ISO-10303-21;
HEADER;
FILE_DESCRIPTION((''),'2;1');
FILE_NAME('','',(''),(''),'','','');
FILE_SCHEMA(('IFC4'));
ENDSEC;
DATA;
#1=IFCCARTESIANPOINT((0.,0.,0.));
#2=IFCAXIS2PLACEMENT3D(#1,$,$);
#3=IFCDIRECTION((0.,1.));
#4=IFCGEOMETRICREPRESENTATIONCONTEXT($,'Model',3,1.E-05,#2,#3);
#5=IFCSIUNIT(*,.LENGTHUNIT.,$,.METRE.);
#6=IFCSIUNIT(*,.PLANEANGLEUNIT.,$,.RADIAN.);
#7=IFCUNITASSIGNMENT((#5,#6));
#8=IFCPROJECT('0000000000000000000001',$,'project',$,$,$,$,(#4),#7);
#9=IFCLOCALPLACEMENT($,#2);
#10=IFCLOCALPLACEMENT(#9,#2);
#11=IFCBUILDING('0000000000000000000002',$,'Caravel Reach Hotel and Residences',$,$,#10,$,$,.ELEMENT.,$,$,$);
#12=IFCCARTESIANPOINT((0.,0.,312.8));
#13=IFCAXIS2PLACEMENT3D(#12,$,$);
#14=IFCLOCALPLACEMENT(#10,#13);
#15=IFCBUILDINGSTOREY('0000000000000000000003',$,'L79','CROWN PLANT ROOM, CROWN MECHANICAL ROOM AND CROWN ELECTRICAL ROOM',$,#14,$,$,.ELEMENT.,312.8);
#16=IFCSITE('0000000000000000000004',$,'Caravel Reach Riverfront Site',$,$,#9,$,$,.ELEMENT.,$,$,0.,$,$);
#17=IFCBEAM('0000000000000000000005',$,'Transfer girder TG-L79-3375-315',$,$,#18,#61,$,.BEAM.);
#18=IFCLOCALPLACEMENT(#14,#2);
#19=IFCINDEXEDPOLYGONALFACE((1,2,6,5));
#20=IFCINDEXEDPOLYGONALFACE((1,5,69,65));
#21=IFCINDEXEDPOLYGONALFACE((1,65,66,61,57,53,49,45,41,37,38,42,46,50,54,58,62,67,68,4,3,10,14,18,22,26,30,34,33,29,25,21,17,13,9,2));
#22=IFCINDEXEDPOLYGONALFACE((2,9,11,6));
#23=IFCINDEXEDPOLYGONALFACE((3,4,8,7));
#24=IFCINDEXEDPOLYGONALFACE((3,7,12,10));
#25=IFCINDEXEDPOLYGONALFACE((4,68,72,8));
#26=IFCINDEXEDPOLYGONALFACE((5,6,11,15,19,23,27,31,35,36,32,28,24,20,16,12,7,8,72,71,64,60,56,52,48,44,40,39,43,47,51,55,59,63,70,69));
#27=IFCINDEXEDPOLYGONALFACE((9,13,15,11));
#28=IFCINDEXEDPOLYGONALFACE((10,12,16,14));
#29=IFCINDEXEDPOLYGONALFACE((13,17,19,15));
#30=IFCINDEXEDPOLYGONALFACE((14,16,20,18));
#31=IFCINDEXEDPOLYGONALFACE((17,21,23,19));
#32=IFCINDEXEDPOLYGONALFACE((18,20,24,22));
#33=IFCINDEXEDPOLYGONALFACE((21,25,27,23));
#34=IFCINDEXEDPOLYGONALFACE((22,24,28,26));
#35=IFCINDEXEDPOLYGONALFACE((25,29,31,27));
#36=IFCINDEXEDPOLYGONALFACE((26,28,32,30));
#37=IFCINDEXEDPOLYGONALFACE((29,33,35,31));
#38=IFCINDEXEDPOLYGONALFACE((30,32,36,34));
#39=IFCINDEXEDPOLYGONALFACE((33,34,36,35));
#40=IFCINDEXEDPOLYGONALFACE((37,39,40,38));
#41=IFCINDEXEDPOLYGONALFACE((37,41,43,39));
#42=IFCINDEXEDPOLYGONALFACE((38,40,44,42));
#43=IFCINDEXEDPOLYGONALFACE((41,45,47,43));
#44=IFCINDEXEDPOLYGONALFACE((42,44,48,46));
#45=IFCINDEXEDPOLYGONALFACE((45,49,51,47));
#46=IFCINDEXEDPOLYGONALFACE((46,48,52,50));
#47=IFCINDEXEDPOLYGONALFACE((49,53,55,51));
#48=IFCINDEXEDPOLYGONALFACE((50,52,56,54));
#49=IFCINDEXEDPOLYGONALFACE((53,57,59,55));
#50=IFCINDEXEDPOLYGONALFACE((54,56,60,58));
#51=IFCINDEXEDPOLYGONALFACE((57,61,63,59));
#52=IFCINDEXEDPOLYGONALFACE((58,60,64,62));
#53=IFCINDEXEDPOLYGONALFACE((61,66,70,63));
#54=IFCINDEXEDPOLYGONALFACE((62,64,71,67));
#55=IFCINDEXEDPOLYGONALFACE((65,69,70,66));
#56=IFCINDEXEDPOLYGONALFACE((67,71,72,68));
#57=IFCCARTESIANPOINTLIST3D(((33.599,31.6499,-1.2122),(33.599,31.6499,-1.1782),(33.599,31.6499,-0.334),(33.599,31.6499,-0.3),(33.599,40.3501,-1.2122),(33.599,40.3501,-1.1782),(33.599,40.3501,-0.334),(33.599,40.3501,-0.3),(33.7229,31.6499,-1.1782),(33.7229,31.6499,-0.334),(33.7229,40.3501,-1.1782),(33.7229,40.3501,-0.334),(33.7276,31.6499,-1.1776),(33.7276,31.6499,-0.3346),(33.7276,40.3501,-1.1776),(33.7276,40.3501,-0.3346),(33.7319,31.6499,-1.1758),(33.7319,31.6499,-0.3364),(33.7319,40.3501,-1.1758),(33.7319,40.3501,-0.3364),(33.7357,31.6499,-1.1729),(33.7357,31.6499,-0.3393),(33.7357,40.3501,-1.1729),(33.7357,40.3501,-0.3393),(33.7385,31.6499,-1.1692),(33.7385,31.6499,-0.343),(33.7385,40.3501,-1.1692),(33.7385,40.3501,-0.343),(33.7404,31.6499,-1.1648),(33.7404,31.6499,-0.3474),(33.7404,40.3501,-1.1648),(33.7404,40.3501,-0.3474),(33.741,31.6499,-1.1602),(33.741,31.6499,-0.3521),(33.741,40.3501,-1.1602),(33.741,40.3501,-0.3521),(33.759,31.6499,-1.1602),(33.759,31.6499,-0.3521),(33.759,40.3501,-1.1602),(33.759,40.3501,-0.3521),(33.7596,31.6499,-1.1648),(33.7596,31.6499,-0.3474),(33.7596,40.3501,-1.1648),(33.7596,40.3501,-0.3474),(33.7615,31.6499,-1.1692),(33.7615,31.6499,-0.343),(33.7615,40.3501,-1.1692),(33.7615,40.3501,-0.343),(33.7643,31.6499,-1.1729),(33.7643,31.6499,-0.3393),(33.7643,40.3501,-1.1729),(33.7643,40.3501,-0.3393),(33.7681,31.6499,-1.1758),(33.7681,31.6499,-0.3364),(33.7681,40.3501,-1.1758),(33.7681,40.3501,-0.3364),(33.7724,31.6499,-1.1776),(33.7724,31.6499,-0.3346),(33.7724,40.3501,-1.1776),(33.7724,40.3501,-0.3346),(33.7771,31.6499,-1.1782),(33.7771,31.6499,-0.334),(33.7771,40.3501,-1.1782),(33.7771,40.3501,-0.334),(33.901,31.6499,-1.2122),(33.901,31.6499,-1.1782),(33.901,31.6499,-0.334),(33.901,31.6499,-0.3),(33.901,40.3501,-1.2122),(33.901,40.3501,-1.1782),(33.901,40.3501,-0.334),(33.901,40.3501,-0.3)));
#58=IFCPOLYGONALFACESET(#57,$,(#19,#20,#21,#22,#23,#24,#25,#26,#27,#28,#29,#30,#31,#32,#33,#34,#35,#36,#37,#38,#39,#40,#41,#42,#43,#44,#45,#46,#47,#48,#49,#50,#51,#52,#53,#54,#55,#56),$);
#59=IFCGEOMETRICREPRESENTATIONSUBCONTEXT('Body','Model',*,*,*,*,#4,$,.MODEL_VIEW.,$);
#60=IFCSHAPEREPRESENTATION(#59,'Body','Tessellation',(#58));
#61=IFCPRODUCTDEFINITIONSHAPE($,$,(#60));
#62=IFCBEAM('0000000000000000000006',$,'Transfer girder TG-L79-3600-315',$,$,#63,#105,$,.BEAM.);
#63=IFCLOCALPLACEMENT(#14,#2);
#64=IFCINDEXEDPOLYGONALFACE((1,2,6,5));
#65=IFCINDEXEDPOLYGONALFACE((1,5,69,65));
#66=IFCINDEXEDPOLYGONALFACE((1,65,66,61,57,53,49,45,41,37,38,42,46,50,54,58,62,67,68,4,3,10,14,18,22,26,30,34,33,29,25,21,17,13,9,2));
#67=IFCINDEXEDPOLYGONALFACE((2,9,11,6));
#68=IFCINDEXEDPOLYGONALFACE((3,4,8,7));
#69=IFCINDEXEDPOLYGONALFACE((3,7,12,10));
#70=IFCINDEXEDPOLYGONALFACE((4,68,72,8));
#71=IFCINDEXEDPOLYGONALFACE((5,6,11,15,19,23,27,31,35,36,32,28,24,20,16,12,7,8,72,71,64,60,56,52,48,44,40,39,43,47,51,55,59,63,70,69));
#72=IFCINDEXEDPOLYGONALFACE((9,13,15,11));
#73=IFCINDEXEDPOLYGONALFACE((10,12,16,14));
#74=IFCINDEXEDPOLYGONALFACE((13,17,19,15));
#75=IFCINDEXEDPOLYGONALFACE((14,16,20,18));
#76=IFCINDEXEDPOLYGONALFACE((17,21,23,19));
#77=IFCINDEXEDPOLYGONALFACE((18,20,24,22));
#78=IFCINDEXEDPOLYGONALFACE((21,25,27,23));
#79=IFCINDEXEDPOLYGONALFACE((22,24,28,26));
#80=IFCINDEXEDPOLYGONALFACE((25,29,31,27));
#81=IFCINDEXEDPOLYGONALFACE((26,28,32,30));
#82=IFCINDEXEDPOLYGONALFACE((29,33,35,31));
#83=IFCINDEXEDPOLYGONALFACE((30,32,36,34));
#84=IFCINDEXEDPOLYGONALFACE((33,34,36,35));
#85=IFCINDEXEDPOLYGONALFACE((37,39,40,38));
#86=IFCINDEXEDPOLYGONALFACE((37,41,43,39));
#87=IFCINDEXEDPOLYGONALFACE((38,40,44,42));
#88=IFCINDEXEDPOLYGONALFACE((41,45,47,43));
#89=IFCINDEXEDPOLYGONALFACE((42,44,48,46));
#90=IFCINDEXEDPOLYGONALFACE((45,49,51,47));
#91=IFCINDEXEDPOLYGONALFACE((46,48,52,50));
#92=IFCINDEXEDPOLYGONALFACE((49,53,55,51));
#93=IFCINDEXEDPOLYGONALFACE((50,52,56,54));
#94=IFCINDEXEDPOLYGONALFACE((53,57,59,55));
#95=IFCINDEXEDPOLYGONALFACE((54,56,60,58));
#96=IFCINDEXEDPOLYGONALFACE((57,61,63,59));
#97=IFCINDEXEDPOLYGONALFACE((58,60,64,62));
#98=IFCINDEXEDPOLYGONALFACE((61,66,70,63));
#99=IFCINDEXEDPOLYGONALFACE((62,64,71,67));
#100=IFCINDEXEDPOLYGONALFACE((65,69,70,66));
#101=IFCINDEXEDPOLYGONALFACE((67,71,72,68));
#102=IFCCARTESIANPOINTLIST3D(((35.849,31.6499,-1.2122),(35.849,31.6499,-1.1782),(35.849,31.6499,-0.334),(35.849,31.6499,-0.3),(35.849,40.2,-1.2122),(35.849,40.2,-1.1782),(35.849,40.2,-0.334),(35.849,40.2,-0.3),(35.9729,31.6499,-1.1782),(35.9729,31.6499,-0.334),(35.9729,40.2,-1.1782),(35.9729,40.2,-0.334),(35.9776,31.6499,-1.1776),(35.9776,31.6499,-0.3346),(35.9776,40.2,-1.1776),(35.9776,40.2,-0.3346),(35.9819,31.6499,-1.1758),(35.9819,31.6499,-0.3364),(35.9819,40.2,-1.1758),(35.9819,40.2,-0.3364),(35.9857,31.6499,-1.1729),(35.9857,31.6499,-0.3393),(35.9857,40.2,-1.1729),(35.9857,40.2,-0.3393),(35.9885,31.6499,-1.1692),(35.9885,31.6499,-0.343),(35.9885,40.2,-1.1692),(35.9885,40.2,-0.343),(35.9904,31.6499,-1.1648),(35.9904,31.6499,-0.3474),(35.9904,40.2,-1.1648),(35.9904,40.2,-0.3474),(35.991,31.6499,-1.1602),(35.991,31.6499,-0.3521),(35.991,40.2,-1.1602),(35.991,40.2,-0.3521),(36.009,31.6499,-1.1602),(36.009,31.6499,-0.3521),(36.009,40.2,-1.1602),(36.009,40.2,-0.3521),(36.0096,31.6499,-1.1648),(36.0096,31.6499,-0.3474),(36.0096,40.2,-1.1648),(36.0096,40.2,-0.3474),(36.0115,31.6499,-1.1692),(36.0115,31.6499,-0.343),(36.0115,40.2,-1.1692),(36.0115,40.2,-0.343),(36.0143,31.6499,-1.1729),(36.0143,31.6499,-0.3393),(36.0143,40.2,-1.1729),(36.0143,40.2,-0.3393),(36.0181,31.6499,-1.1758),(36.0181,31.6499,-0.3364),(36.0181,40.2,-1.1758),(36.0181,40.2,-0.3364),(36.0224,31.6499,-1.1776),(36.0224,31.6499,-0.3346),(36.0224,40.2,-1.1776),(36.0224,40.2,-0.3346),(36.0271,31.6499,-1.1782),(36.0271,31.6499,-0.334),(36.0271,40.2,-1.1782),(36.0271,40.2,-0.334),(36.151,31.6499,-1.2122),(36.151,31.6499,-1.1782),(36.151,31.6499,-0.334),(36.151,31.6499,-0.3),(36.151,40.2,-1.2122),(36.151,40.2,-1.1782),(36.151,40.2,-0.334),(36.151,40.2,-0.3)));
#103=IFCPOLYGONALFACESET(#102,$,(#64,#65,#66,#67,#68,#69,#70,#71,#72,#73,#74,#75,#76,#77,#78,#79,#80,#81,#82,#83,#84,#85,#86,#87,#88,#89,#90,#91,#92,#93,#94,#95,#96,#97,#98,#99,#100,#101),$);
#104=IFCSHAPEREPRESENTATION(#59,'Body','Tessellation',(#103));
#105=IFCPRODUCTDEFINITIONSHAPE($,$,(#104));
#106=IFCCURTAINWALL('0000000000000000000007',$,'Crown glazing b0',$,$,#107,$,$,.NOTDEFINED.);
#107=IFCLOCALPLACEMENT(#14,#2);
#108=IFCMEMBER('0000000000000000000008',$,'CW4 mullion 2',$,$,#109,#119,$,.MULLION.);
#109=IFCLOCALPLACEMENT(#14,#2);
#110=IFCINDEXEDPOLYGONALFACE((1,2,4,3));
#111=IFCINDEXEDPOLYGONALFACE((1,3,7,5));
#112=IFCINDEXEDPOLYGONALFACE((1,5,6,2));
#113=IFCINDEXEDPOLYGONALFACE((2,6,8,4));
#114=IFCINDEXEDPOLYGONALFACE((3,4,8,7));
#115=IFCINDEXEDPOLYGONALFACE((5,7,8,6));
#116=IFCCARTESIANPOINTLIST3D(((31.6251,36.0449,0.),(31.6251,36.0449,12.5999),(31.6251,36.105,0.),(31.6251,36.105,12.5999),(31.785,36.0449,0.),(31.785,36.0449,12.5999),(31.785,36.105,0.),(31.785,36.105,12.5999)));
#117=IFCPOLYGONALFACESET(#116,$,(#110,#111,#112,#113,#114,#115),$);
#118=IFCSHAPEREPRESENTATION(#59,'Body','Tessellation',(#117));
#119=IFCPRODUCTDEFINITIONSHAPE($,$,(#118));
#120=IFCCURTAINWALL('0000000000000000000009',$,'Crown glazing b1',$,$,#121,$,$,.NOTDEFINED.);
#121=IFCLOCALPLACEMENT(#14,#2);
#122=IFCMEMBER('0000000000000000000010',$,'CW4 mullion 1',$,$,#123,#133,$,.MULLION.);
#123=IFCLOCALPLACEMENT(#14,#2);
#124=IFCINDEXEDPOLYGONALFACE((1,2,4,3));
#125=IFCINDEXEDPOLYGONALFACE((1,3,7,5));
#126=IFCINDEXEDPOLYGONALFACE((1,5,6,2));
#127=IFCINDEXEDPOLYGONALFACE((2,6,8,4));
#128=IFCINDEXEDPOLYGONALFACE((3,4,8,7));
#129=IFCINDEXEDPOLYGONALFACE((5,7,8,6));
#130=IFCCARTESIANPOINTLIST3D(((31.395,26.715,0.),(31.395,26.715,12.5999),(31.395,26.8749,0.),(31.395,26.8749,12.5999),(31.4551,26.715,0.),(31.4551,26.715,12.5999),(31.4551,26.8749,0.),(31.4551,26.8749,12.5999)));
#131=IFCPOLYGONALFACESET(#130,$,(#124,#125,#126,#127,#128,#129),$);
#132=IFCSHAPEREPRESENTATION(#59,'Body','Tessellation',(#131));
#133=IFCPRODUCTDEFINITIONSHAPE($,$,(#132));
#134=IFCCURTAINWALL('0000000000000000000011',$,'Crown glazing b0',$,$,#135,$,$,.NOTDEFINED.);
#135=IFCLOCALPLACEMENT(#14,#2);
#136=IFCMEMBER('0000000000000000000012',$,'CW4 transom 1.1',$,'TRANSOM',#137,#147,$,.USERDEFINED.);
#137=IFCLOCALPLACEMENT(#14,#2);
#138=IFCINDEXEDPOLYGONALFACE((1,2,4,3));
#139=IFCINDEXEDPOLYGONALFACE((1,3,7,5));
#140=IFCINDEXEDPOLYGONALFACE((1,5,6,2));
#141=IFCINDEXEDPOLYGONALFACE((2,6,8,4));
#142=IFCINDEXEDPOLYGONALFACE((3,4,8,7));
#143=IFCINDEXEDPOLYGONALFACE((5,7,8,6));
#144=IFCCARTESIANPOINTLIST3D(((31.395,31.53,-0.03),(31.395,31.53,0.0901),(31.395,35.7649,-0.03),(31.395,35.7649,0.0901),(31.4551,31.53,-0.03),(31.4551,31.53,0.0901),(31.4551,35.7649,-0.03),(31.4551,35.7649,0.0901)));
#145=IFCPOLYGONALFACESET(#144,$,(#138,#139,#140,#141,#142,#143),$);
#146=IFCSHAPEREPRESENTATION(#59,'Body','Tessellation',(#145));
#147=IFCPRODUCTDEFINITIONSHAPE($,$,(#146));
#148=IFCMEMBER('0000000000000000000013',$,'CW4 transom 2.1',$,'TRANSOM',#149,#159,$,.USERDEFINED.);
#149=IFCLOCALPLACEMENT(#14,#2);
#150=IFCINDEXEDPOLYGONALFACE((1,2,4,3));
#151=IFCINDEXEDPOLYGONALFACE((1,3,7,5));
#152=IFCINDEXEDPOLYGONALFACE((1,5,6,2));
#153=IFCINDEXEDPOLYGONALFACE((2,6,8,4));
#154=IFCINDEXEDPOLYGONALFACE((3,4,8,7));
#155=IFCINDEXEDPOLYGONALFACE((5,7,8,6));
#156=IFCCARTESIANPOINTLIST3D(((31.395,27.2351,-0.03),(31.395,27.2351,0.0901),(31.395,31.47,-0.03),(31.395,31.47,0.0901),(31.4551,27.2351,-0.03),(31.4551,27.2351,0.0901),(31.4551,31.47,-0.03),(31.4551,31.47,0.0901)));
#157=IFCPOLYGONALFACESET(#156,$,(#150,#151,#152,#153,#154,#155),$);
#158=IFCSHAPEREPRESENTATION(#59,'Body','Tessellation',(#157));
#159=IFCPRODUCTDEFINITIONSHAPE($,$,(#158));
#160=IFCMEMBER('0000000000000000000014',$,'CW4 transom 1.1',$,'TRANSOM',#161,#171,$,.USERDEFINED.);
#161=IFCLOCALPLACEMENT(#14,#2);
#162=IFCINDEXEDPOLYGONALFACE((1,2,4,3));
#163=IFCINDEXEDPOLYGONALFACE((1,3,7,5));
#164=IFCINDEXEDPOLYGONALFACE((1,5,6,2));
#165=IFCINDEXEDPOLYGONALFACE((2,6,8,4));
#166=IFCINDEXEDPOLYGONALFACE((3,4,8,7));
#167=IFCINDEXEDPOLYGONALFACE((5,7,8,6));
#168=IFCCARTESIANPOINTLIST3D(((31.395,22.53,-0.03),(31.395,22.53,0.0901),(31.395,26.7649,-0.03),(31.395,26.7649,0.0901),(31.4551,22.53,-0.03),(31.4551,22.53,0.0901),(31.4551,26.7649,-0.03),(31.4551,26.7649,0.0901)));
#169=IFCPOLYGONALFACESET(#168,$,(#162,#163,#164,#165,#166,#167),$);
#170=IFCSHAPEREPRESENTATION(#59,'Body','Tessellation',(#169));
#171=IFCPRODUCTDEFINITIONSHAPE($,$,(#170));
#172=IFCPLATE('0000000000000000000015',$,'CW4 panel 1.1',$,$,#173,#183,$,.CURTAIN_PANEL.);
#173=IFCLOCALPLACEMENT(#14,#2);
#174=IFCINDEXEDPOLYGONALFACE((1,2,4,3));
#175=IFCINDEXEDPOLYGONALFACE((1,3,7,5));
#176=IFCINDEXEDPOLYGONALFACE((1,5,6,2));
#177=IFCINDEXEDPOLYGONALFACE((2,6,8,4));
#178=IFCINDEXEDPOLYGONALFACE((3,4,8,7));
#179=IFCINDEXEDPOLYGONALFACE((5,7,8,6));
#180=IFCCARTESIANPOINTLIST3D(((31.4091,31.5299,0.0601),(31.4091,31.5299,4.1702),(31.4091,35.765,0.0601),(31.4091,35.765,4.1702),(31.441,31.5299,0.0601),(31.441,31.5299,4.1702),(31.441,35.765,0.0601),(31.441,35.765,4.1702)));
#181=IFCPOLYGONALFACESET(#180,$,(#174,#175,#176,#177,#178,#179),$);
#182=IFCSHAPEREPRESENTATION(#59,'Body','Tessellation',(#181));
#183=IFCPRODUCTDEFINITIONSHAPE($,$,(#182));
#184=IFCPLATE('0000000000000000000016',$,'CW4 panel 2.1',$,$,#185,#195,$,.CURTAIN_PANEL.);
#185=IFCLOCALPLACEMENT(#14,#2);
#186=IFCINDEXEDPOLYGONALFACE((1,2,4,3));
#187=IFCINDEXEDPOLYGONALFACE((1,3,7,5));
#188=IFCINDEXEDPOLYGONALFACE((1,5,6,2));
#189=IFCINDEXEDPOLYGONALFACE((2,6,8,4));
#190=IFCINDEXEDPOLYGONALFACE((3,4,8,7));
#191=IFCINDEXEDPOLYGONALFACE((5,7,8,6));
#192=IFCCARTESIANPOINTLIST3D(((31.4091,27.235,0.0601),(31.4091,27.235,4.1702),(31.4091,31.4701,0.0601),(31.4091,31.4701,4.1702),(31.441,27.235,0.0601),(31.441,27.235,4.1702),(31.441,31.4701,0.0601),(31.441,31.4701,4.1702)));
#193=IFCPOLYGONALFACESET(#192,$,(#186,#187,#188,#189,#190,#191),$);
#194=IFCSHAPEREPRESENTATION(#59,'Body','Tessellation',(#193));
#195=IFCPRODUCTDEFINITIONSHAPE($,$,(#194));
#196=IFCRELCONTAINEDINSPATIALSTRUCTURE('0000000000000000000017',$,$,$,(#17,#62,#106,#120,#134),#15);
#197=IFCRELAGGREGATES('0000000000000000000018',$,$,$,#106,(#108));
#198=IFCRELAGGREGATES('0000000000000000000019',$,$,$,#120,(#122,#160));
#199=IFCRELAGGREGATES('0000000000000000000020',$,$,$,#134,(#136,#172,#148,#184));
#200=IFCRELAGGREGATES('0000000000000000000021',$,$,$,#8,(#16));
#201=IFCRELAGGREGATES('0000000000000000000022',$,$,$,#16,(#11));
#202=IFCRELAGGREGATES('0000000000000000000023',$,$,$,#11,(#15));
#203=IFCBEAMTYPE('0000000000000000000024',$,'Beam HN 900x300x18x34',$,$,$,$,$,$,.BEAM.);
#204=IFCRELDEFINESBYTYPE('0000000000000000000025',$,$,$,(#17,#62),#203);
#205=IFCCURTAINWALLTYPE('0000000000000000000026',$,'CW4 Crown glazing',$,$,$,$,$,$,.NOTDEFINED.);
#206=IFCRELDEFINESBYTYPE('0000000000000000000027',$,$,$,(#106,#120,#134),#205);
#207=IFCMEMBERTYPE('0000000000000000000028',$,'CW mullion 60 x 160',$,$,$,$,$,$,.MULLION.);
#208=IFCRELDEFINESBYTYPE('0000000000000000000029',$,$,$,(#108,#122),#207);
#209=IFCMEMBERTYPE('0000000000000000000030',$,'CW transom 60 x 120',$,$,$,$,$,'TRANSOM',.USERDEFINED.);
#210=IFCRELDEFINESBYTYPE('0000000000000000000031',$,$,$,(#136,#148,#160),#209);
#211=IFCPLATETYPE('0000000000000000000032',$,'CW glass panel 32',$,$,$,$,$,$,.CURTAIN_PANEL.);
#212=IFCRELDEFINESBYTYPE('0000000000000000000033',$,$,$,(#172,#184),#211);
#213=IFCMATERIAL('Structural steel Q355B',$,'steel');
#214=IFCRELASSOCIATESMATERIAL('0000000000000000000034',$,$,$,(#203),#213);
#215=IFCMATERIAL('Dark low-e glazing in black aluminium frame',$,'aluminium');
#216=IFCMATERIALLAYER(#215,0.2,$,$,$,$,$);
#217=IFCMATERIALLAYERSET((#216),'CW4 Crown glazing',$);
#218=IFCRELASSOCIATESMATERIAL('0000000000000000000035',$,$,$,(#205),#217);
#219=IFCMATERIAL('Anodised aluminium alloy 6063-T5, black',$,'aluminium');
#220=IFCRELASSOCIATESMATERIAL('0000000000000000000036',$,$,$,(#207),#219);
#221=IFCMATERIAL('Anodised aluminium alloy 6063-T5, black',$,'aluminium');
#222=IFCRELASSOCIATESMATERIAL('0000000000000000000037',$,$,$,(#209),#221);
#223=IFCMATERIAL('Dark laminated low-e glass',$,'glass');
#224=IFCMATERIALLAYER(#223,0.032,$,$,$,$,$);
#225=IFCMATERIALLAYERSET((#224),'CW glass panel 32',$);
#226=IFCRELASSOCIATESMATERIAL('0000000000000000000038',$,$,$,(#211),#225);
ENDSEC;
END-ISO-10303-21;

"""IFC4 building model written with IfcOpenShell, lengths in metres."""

from ifc_helpers import new_model, si_unit, direction, frame, origin, origin_2d, place, context, subcontext, project, spatial, rectangle, i_section, extrude, material, layer, layer_set, material_profile, profile_set, type_object, element, aggregate, save


model = new_model("IFC4")

# Units and contexts
model_context = context("Model", 3, precision=1e-05, world=origin(), true_north=direction((0.0, 1.0)))
body_context = subcontext(model_context, "Body", "Model", "MODEL_VIEW")
ifc_project = project(units=[si_unit("LENGTHUNIT", "METRE"), si_unit("PLANEANGLEUNIT", "RADIAN")], contexts=[model_context])

# Site, building, storey
site_placement = place(None, origin())
site = spatial("IfcSite", under=ifc_project, at=site_placement, Name="Caravel Reach Riverfront Site", CompositionType="ELEMENT", RefElevation=0.0)
building_placement = place(site_placement, origin())
building = spatial("IfcBuilding", under=site, at=building_placement, Name="Caravel Reach Hotel and Residences", CompositionType="ELEMENT")
storey_placement = place(building_placement, frame((0.0, 0.0, 312.8)))
storey = spatial("IfcBuildingStorey", under=building, at=storey_placement, Name="L79", Description="CROWN PLANT ROOM, CROWN MECHANICAL ROOM AND CROWN ELECTRICAL ROOM", CompositionType="ELEMENT", Elevation=312.8)

# Beams
ifc_material_1 = material(Name="Structural steel Q355B", Category="steel")
ifc_material_profile_1 = material_profile(ifc_material_1, i_section(OverallWidth=0.302, OverallDepth=0.9121, WebThickness=0.0181, FlangeThickness=0.0339, FilletRadius=0.0181, at=origin_2d()), Name="HN 900x300x18x34")
ifc_profile_set_1 = profile_set([ifc_material_profile_1], Name="Structural steel Q355B")
beam_type_1 = type_object("IfcBeamType", Name="Beam HN 900x300x18x34", PredefinedType="BEAM", material=ifc_profile_set_1)
beam_1_placement = place(storey_placement, frame((33.75, 31.6499, -0.7561), z_axis=(0.0, 1.0, 0.0), x_axis=(-1.0, 0.0, 0.0)))
element("IfcBeam", 1, at=beam_1_placement, inside=storey, type_object=beam_type_1, Name="Transfer girder TG-L79-3375-315", PredefinedType="BEAM", context=body_context, shape_type="SweptSolid", body=[
    extrude(i_section(OverallWidth=0.302, OverallDepth=0.9121, WebThickness=0.0181, FlangeThickness=0.0339, FilletRadius=0.0181, at=origin_2d()), origin(), (0.0, 0.0, 1.0), 8.7002),
])
beam_2_placement = place(storey_placement, frame((36.0, 31.6499, -0.7561), z_axis=(0.0, 1.0, 0.0), x_axis=(-1.0, 0.0, 0.0)))
element("IfcBeam", 2, at=beam_2_placement, inside=storey, type_object=beam_type_1, Name="Transfer girder TG-L79-3600-315", PredefinedType="BEAM", context=body_context, shape_type="SweptSolid", body=[
    extrude(i_section(OverallWidth=0.302, OverallDepth=0.9121, WebThickness=0.0181, FlangeThickness=0.0339, FilletRadius=0.0181, at=origin_2d()), origin(), (0.0, 0.0, 1.0), 8.55),
])

# Curtain walls, members
ifc_material_2 = material(Name="Dark low-e glazing in black aluminium frame", Category="aluminium")
ifc_layer_1 = layer(ifc_material_2, 0.2)
ifc_layer_set_1 = layer_set([ifc_layer_1], Name="CW4 Crown glazing")
curtain_wall_type = type_object("IfcCurtainWallType", Name="CW4 Crown glazing", PredefinedType="NOTDEFINED", material=ifc_layer_set_1)
curtain_wall_1_placement = place(storey_placement, origin())
curtain_wall_1 = element("IfcCurtainWall", 3, at=curtain_wall_1_placement, inside=storey, type_object=curtain_wall_type, Name="Crown glazing b0", PredefinedType="NOTDEFINED")
ifc_material_3 = material(Name="Anodised aluminium alloy 6063-T5, black", Category="aluminium")
ifc_material_profile_2 = material_profile(ifc_material_3, rectangle(XDim=0.0601, YDim=0.1599, at=origin_2d()), Name="CW mullion 60 x 160")
ifc_profile_set_2 = profile_set([ifc_material_profile_2], Name="Anodised aluminium alloy 6063-T5, black")
member_type_1 = type_object("IfcMemberType", Name="CW mullion 60 x 160", PredefinedType="MULLION", material=ifc_profile_set_2)
member_1_placement = place(storey_placement, frame((31.7051, 36.075, 0.0), z_axis=(0.0, 0.0, 1.0), x_axis=(0.0, -1.0, 0.0)))
member_1 = element("IfcMember", 4, at=member_1_placement, type_object=member_type_1, Name="CW4 mullion 2", PredefinedType="MULLION", context=body_context, shape_type="SweptSolid", body=[
    extrude(rectangle(XDim=0.0601, YDim=0.1599, at=origin_2d()), origin(), (0.0, 0.0, 1.0), 12.5999),
])
aggregate(curtain_wall_1, [member_1])
curtain_wall_2_placement = place(storey_placement, origin())
curtain_wall_2 = element("IfcCurtainWall", 5, at=curtain_wall_2_placement, inside=storey, type_object=curtain_wall_type, Name="Crown glazing b1", PredefinedType="NOTDEFINED")
member_2_placement = place(storey_placement, frame((31.425, 26.7949, 0.0), z_axis=(0.0, 0.0, 1.0), x_axis=(1.0, 0.0, 0.0)))
member_2 = element("IfcMember", 6, at=member_2_placement, type_object=member_type_1, Name="CW4 mullion 1", PredefinedType="MULLION", context=body_context, shape_type="SweptSolid", body=[
    extrude(rectangle(XDim=0.0601, YDim=0.1599, at=origin_2d()), origin(), (0.0, 0.0, 1.0), 12.5999),
])

# Curtain wall, members
curtain_wall_3_placement = place(storey_placement, origin())
curtain_wall_3 = element("IfcCurtainWall", 7, at=curtain_wall_3_placement, inside=storey, type_object=curtain_wall_type, Name="Crown glazing b0", PredefinedType="NOTDEFINED")
ifc_material_4 = material(Name="Anodised aluminium alloy 6063-T5, black", Category="aluminium")
ifc_material_profile_3 = material_profile(ifc_material_4, rectangle(XDim=0.0601, YDim=0.1201, at=origin_2d()), Name="CW transom 60 x 120")
ifc_profile_set_3 = profile_set([ifc_material_profile_3], Name="Anodised aluminium alloy 6063-T5, black")
member_type_2 = type_object("IfcMemberType", Name="CW transom 60 x 120", ElementType="TRANSOM", PredefinedType="USERDEFINED", material=ifc_profile_set_3)
member_3_placement = place(storey_placement, frame((31.425, 35.7649, 0.03), z_axis=(0.0, -1.0, 0.0), x_axis=(1.0, 0.0, 0.0)))
member_3 = element("IfcMember", 8, at=member_3_placement, type_object=member_type_2, Name="CW4 transom 1.1", ObjectType="TRANSOM", PredefinedType="USERDEFINED", context=body_context, shape_type="SweptSolid", body=[
    extrude(rectangle(XDim=0.0601, YDim=0.1201, at=origin_2d()), origin(), (0.0, 0.0, 1.0), 4.2349),
])
member_4_placement = place(storey_placement, frame((31.425, 31.47, 0.03), z_axis=(0.0, -1.0, 0.0), x_axis=(1.0, 0.0, 0.0)))
member_4 = element("IfcMember", 9, at=member_4_placement, type_object=member_type_2, Name="CW4 transom 2.1", ObjectType="TRANSOM", PredefinedType="USERDEFINED", context=body_context, shape_type="SweptSolid", body=[
    extrude(rectangle(XDim=0.0601, YDim=0.1201, at=origin_2d()), origin(), (0.0, 0.0, 1.0), 4.2349),
])

# Member
member_5_placement = place(storey_placement, frame((31.425, 26.7649, 0.03), z_axis=(0.0, -1.0, 0.0), x_axis=(1.0, 0.0, 0.0)))
member_5 = element("IfcMember", 10, at=member_5_placement, type_object=member_type_2, Name="CW4 transom 1.1", ObjectType="TRANSOM", PredefinedType="USERDEFINED", context=body_context, shape_type="SweptSolid", body=[
    extrude(rectangle(XDim=0.0601, YDim=0.1201, at=origin_2d()), origin(), (0.0, 0.0, 1.0), 4.2349),
])
aggregate(curtain_wall_2, [member_2, member_5])

# Plates
ifc_material_5 = material(Name="Dark laminated low-e glass", Category="glass")
ifc_layer_2 = layer(ifc_material_5, 0.032)
ifc_layer_set_2 = layer_set([ifc_layer_2], Name="CW glass panel 32")
plate_type = type_object("IfcPlateType", Name="CW glass panel 32", PredefinedType="CURTAIN_PANEL", material=ifc_layer_set_2)
plate_1_placement = place(storey_placement, frame((31.425, 33.6475, 0.0601), z_axis=(0.0, 0.0, 1.0), x_axis=(0.0, -1.0, 0.0)))
plate_1 = element("IfcPlate", 11, at=plate_1_placement, type_object=plate_type, Name="CW4 panel 1.1", PredefinedType="CURTAIN_PANEL", context=body_context, shape_type="SweptSolid", body=[
    extrude(rectangle(XDim=4.2351, YDim=0.032, at=origin_2d()), origin(), (0.0, 0.0, 1.0), 4.1101),
])
plate_2_placement = place(storey_placement, frame((31.425, 29.3525, 0.0601), z_axis=(0.0, 0.0, 1.0), x_axis=(0.0, -1.0, 0.0)))
plate_2 = element("IfcPlate", 12, at=plate_2_placement, type_object=plate_type, Name="CW4 panel 2.1", PredefinedType="CURTAIN_PANEL", context=body_context, shape_type="SweptSolid", body=[
    extrude(rectangle(XDim=4.2351, YDim=0.032, at=origin_2d()), origin(), (0.0, 0.0, 1.0), 4.1101),
])
aggregate(curtain_wall_3, [member_3, plate_1, member_4, plate_2])

save(model, "model.ifc")
